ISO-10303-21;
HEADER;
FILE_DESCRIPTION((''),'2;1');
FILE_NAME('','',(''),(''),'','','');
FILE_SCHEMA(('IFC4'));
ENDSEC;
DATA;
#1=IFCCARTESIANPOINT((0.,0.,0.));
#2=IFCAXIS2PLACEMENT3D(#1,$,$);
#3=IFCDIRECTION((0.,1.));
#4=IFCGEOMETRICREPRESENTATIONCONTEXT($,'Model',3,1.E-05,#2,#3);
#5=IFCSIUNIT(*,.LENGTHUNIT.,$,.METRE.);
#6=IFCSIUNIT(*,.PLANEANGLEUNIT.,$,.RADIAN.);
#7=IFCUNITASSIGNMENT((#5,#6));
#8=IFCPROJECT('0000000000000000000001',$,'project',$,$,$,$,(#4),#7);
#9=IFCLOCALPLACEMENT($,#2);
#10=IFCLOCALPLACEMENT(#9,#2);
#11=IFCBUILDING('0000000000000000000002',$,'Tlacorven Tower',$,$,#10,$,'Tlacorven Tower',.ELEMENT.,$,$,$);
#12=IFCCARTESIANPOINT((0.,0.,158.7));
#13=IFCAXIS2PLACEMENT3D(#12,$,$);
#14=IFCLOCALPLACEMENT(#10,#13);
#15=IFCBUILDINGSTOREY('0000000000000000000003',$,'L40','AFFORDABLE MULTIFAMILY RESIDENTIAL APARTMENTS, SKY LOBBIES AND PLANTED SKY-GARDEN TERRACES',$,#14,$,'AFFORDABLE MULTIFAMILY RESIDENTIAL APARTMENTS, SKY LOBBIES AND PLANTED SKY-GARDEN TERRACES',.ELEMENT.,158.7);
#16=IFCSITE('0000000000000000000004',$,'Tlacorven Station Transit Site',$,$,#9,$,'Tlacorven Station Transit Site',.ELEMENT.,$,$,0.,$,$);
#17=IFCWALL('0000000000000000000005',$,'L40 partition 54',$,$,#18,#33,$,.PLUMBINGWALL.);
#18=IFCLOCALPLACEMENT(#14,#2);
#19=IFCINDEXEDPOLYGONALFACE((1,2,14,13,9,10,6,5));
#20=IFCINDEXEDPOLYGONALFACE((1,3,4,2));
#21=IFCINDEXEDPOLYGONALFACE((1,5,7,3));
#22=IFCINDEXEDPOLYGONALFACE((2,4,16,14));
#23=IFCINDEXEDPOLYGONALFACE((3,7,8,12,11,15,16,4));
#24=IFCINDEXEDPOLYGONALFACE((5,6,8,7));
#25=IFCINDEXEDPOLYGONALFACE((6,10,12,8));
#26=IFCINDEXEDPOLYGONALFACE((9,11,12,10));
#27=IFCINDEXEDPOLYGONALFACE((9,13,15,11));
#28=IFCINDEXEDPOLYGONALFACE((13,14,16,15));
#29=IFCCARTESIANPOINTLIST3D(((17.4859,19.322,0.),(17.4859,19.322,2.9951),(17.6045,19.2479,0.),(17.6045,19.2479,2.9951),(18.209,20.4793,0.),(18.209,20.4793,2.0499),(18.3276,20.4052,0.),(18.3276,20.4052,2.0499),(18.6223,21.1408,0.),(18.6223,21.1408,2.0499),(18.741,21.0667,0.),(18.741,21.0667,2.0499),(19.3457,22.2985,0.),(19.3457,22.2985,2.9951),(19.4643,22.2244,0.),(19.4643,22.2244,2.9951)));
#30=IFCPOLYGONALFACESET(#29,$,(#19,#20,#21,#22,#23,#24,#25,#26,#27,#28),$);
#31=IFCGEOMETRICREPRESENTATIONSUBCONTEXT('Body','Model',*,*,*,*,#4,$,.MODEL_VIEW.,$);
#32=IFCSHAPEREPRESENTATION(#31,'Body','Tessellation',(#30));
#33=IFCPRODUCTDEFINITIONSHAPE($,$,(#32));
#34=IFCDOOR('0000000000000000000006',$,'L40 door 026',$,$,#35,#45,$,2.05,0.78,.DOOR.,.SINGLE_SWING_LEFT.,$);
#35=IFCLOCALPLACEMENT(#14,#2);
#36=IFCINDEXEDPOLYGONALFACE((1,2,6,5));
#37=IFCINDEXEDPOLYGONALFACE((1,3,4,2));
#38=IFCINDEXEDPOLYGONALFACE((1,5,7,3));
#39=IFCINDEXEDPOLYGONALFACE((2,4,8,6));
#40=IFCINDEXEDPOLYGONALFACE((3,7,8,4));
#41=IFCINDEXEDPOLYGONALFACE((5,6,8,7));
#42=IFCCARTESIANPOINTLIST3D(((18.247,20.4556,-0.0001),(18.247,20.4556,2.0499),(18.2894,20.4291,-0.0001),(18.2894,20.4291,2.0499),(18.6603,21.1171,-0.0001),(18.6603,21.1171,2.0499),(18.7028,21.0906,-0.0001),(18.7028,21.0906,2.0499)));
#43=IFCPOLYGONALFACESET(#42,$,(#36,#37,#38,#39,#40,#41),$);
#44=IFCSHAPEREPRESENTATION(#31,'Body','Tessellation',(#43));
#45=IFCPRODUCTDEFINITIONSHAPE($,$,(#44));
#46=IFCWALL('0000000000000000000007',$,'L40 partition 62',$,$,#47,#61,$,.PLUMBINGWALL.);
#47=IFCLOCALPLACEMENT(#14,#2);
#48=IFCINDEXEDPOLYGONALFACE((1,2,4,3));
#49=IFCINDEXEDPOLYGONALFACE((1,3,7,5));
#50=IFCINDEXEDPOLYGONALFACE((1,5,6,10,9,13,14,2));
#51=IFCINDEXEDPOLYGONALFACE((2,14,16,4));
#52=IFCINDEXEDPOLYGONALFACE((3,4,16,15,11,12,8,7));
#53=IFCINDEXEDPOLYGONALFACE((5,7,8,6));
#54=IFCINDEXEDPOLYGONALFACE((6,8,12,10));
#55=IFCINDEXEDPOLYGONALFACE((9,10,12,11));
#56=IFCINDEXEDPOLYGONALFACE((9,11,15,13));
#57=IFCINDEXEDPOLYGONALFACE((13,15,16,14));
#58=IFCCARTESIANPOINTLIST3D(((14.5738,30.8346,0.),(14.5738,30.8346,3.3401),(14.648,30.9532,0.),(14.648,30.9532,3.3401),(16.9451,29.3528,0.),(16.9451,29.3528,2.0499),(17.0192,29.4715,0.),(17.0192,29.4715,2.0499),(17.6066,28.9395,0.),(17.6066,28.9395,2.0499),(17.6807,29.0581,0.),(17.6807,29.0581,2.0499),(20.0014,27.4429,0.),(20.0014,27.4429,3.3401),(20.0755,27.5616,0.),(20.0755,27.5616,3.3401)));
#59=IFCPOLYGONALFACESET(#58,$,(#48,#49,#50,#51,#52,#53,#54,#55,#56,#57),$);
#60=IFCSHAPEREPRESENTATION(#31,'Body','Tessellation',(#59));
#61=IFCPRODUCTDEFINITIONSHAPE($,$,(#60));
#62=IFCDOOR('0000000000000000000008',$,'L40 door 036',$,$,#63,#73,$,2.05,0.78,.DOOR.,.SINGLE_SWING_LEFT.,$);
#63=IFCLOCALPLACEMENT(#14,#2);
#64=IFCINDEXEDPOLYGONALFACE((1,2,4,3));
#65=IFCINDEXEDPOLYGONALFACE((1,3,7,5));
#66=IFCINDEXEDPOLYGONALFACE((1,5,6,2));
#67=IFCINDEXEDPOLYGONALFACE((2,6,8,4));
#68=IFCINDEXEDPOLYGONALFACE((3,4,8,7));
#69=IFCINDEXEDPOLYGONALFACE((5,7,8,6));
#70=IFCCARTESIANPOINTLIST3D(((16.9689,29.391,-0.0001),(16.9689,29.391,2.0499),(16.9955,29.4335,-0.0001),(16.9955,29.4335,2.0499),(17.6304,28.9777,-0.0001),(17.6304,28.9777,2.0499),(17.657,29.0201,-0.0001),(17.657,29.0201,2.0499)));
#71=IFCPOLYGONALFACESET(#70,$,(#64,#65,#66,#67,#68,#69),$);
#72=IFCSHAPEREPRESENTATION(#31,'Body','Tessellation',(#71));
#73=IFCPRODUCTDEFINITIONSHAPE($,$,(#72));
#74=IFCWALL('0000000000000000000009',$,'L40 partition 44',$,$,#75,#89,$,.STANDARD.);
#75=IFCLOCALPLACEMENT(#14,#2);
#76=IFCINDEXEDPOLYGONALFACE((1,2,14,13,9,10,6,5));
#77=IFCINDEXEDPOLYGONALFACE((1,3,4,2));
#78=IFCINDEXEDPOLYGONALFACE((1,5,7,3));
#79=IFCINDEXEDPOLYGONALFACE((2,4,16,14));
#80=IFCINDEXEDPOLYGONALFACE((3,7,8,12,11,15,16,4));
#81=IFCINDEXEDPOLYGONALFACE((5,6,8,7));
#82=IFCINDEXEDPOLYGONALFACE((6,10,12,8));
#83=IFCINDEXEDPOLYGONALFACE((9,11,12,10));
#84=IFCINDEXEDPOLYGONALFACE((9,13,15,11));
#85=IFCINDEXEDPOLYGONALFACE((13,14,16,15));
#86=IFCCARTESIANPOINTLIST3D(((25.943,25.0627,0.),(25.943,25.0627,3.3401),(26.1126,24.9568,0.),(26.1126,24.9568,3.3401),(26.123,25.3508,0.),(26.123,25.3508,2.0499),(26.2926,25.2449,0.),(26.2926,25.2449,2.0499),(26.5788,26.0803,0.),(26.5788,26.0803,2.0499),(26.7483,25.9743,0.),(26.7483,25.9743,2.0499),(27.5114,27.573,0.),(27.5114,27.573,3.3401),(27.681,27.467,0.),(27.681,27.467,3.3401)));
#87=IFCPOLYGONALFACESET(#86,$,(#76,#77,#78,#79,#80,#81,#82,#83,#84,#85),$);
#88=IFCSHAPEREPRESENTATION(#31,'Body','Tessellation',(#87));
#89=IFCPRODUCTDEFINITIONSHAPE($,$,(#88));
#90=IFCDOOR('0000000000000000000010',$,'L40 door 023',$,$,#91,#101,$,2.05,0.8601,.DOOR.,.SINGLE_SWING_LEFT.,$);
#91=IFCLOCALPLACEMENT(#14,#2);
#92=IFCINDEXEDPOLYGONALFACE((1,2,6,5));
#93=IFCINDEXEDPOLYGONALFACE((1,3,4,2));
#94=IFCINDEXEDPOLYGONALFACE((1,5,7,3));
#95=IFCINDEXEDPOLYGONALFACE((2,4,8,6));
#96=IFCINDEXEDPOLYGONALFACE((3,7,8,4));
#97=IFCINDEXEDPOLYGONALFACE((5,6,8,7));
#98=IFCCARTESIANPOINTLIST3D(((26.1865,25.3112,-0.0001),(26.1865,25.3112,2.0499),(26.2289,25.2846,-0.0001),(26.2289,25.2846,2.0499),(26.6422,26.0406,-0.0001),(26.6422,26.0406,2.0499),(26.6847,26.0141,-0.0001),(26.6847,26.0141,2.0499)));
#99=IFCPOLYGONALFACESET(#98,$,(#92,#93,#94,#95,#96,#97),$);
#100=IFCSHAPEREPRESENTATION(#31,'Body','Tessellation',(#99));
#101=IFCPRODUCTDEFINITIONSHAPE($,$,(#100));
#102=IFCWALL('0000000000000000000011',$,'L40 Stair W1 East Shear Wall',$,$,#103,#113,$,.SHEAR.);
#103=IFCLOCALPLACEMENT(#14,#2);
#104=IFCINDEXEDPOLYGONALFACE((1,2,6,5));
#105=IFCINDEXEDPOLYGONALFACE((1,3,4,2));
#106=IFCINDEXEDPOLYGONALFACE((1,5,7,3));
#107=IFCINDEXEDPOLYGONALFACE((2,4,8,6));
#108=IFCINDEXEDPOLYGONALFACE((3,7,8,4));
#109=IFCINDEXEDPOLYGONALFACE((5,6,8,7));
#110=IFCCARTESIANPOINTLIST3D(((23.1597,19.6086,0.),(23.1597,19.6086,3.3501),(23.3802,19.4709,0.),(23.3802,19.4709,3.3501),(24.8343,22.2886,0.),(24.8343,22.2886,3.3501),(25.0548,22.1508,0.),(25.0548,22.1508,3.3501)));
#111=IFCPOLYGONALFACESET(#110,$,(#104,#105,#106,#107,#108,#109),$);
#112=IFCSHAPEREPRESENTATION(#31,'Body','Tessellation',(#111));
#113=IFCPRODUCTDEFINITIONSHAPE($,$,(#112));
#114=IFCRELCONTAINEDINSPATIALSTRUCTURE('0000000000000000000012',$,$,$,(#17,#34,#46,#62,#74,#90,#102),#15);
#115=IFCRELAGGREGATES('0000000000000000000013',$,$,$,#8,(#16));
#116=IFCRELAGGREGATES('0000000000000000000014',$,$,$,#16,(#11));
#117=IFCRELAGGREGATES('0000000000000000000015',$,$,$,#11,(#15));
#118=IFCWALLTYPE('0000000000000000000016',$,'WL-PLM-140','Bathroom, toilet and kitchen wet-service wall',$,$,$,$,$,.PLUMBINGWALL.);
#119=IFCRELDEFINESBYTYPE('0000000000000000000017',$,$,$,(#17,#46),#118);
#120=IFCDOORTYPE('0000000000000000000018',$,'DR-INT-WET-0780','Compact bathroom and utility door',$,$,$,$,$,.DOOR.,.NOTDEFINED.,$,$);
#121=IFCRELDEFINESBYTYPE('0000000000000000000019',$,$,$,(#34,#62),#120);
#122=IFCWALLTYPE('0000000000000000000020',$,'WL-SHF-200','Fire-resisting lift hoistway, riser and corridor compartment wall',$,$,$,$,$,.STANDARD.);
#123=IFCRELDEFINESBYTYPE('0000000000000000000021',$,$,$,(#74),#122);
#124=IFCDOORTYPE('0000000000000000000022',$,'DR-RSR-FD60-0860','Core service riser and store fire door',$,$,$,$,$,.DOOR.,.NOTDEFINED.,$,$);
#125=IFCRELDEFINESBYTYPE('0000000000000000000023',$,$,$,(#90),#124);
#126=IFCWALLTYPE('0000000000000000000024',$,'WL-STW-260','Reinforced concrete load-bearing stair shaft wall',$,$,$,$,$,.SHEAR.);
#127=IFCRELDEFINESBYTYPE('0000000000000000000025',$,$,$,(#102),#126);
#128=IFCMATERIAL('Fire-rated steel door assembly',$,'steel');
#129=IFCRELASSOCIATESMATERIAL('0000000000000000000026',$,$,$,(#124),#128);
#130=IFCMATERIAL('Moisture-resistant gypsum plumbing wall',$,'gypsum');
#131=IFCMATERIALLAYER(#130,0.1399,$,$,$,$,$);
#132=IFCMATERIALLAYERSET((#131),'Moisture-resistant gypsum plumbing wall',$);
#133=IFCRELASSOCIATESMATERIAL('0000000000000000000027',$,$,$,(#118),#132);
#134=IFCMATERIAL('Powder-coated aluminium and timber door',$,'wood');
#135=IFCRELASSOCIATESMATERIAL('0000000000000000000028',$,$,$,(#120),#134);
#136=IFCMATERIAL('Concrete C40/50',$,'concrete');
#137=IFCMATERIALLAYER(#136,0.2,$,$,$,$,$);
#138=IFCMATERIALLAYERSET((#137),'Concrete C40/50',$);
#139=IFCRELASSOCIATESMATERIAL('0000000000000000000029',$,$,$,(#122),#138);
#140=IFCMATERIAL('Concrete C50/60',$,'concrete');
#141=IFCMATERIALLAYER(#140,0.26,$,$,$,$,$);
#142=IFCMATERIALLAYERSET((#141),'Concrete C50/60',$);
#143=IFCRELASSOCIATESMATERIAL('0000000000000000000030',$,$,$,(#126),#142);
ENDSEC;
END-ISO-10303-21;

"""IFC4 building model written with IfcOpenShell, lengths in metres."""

from ifc_helpers import new_model, si_unit, direction, frame, frame_2d, origin, place, context, subcontext, project, spatial, rectangle, extrude, source, transform, mapped, material, layer, layer_set, type_object, element, fill, save


model = new_model("IFC4")

# Units and contexts
model_context = context("Model", 3, precision=1e-05, world=origin(), true_north=direction((0.0, 1.0)))
body_context = subcontext(model_context, "Body", "Model", "MODEL_VIEW")
ifc_project = project(units=[si_unit("LENGTHUNIT", "METRE"), si_unit("PLANEANGLEUNIT", "RADIAN")], contexts=[model_context])

# Site, building, storey
site_placement = place(None, origin())
site = spatial("IfcSite", under=ifc_project, at=site_placement, Name="Tlacorven Station Transit Site", LongName="Tlacorven Station Transit Site", CompositionType="ELEMENT", RefElevation=0.0)
building_placement = place(site_placement, origin())
building = spatial("IfcBuilding", under=site, at=building_placement, Name="Tlacorven Tower", LongName="Tlacorven Tower", CompositionType="ELEMENT")
storey_placement = place(building_placement, frame((0.0, 0.0, 158.7)))
storey = spatial("IfcBuildingStorey", under=building, at=storey_placement, Name="L40", Description="AFFORDABLE MULTIFAMILY RESIDENTIAL APARTMENTS, SKY LOBBIES AND PLANTED SKY-GARDEN TERRACES", LongName="AFFORDABLE MULTIFAMILY RESIDENTIAL APARTMENTS, SKY LOBBIES AND PLANTED SKY-GARDEN TERRACES", CompositionType="ELEMENT", Elevation=158.7)

# Shared definitions
ifc_material_1 = material(Name="Fire-rated steel door assembly", Category="steel")
door_type_1 = type_object("IfcDoorType", Name="DR-RSR-FD60-0860", Description="Core service riser and store fire door", OperationType="NOTDEFINED", PredefinedType="DOOR", material=ifc_material_1)
shared_shape_1 = source(origin(), body_context, "Body", "SweptSolid", [
    extrude(rectangle(XDim=0.8601, YDim=2.05, at=frame_2d((0.4302, 1.0249))), frame((0.0, 0.0249, 0.0), z_axis=(0.0, -1.0, 0.0), x_axis=(1.0, 0.0, 0.0)), (0.0, 0.0, 1.0), 0.05),
])

# Walls, openings, doors
ifc_material_2 = material(Name="Moisture-resistant gypsum plumbing wall", Category="gypsum")
ifc_layer_1 = layer(ifc_material_2, 0.1399)
ifc_layer_set_1 = layer_set([ifc_layer_1], Name="Moisture-resistant gypsum plumbing wall")
wall_type_1 = type_object("IfcWallType", Name="WL-PLM-140", Description="Bathroom, toilet and kitchen wet-service wall", PredefinedType="PLUMBINGWALL", material=ifc_layer_set_1)
wall_1_placement = place(storey_placement, frame((19.405, 22.2615, 0.0), z_axis=(0.0, 0.0, 1.0), x_axis=(-0.529899, -0.848061, 0.0)))
wall_1 = element("IfcWall", 1, at=wall_1_placement, inside=storey, type_object=wall_type_1, Name="L40 partition 54", PredefinedType="PLUMBINGWALL", context=body_context, shape_type="SweptSolid", body=[
    extrude(rectangle(XDim=3.5098, YDim=0.1399, at=frame_2d((1.7549, 0.0))), origin(), (0.0, 0.0, 1.0), 2.9951),
])
opening_1_placement = place(wall_1_placement, frame((1.365, 0.0, 0.0)))
opening_1 = element("IfcOpeningElement", 2, at=opening_1_placement, cuts=wall_1, PredefinedType="OPENING", context=body_context, shape_type="SweptSolid", body=[
    extrude(rectangle(XDim=0.78, YDim=2.05, at=frame_2d((0.3901, 1.0249))), frame((0.0, 0.0801, 0.0), z_axis=(0.0, -1.0, 0.0), x_axis=(1.0, 0.0, 0.0)), (0.0, 0.0, 1.0), 0.1599),
])
ifc_material_3 = material(Name="Powder-coated aluminium and timber door", Category="wood")
door_type_2 = type_object("IfcDoorType", Name="DR-INT-WET-0780", Description="Compact bathroom and utility door", OperationType="NOTDEFINED", PredefinedType="DOOR", material=ifc_material_3)
shared_shape_2 = source(origin(), body_context, "Body", "SweptSolid", [
    extrude(rectangle(XDim=0.78, YDim=2.05, at=frame_2d((0.3901, 1.0249))), frame((0.0, 0.0249, 0.0), z_axis=(0.0, -1.0, 0.0), x_axis=(1.0, 0.0, 0.0)), (0.0, 0.0, 1.0), 0.05),
])
door_1_placement = place(opening_1_placement, origin())
door_1 = element("IfcDoor", 3, at=door_1_placement, inside=storey, type_object=door_type_2, Name="L40 door 026", OperationType="SINGLE_SWING_LEFT", OverallHeight=2.05, OverallWidth=0.78, PredefinedType="DOOR", context=body_context, shape_type="MappedRepresentation", body=[
    mapped(shared_shape_2, transform((0.0, 0.0, 0.0), scale=1.0)),
])
fill(opening_1, door_1)
wall_2_placement = place(storey_placement, frame((20.0386, 27.5022, 0.0), z_axis=(0.0, 0.0, 1.0), x_axis=(-0.848039, 0.529934, 0.0)))
wall_2 = element("IfcWall", 4, at=wall_2_placement, inside=storey, type_object=wall_type_1, Name="L40 partition 62", PredefinedType="PLUMBINGWALL", context=body_context, shape_type="SweptSolid", body=[
    extrude(rectangle(XDim=6.4001, YDim=0.1399, at=frame_2d((3.2002, 0.0))), origin(), (0.0, 0.0, 1.0), 3.3401),
])
opening_2_placement = place(wall_2_placement, frame((2.824, 0.0, 0.0)))
opening_2 = element("IfcOpeningElement", 5, at=opening_2_placement, cuts=wall_2, PredefinedType="OPENING", context=body_context, shape_type="SweptSolid", body=[
    extrude(rectangle(XDim=0.78, YDim=2.05, at=frame_2d((0.3901, 1.0249))), frame((0.0, 0.0801, 0.0), z_axis=(0.0, -1.0, 0.0), x_axis=(1.0, 0.0, 0.0)), (0.0, 0.0, 1.0), 0.1599),
])
door_2_placement = place(opening_2_placement, origin())
door_2 = element("IfcDoor", 6, at=door_2_placement, inside=storey, type_object=door_type_2, Name="L40 door 036", OperationType="SINGLE_SWING_LEFT", OverallHeight=2.05, OverallWidth=0.78, PredefinedType="DOOR", context=body_context, shape_type="MappedRepresentation", body=[
    mapped(shared_shape_2, transform((0.0, 0.0, 0.0), scale=1.0)),
])
fill(opening_2, door_2)
ifc_material_4 = material(Name="Concrete C40/50", Category="concrete")
ifc_layer_2 = layer(ifc_material_4, 0.2)
ifc_layer_set_2 = layer_set([ifc_layer_2], Name="Concrete C40/50")
wall_type_2 = type_object("IfcWallType", Name="WL-SHF-200", Description="Fire-resisting lift hoistway, riser and corridor compartment wall", PredefinedType="STANDARD", material=ifc_layer_set_2)
wall_3_placement = place(storey_placement, frame((27.5962, 27.52, 0.0), z_axis=(0.0, 0.0, 1.0), x_axis=(-0.529865, -0.848082, 0.0)))
wall_3 = element("IfcWall", 7, at=wall_3_placement, inside=storey, type_object=wall_type_2, Name="L40 partition 44", PredefinedType="STANDARD", context=body_context, shape_type="SweptSolid", body=[
    extrude(rectangle(XDim=2.96, YDim=0.2, at=frame_2d((1.48, 0.0))), origin(), (0.0, 0.0, 1.0), 3.3401),
])
opening_3_placement = place(wall_3_placement, frame((1.76, 0.0, 0.0)))
opening_3 = element("IfcOpeningElement", 8, at=opening_3_placement, cuts=wall_3, PredefinedType="OPENING", context=body_context, shape_type="SweptSolid", body=[
    extrude(rectangle(XDim=0.8601, YDim=2.05, at=frame_2d((0.4302, 1.0249))), frame((0.0, 0.1099, 0.0), z_axis=(0.0, -1.0, 0.0), x_axis=(1.0, 0.0, 0.0)), (0.0, 0.0, 1.0), 0.22),
])
door_3_placement = place(opening_3_placement, origin())
door_3 = element("IfcDoor", 9, at=door_3_placement, inside=storey, type_object=door_type_1, Name="L40 door 023", OperationType="SINGLE_SWING_LEFT", OverallHeight=2.05, OverallWidth=0.8601, PredefinedType="DOOR", context=body_context, shape_type="MappedRepresentation", body=[
    mapped(shared_shape_1, transform((0.0, 0.0, 0.0), scale=1.0)),
])
fill(opening_3, door_3)

# Wall
ifc_material_5 = material(Name="Concrete C50/60", Category="concrete")
ifc_layer_3 = layer(ifc_material_5, 0.26)
ifc_layer_set_3 = layer_set([ifc_layer_3], Name="Concrete C50/60")
wall_type_3 = type_object("IfcWallType", Name="WL-STW-260", Description="Reinforced concrete load-bearing stair shaft wall", PredefinedType="SHEAR", material=ifc_layer_set_3)
wall_4_placement = place(storey_placement, frame((24.9446, 22.2197, 0.0), z_axis=(0.0, 0.0, 1.0), x_axis=(-0.529909, -0.848055, 0.0)))
element("IfcWall", 10, at=wall_4_placement, inside=storey, type_object=wall_type_3, Name="L40 Stair W1 East Shear Wall", PredefinedType="SHEAR", context=body_context, shape_type="SweptSolid", body=[
    extrude(rectangle(XDim=3.1602, YDim=0.26, at=frame_2d((1.5801, 0.0))), origin(), (0.0, 0.0, 1.0), 3.3501),
])

save(model, "model.ifc")
